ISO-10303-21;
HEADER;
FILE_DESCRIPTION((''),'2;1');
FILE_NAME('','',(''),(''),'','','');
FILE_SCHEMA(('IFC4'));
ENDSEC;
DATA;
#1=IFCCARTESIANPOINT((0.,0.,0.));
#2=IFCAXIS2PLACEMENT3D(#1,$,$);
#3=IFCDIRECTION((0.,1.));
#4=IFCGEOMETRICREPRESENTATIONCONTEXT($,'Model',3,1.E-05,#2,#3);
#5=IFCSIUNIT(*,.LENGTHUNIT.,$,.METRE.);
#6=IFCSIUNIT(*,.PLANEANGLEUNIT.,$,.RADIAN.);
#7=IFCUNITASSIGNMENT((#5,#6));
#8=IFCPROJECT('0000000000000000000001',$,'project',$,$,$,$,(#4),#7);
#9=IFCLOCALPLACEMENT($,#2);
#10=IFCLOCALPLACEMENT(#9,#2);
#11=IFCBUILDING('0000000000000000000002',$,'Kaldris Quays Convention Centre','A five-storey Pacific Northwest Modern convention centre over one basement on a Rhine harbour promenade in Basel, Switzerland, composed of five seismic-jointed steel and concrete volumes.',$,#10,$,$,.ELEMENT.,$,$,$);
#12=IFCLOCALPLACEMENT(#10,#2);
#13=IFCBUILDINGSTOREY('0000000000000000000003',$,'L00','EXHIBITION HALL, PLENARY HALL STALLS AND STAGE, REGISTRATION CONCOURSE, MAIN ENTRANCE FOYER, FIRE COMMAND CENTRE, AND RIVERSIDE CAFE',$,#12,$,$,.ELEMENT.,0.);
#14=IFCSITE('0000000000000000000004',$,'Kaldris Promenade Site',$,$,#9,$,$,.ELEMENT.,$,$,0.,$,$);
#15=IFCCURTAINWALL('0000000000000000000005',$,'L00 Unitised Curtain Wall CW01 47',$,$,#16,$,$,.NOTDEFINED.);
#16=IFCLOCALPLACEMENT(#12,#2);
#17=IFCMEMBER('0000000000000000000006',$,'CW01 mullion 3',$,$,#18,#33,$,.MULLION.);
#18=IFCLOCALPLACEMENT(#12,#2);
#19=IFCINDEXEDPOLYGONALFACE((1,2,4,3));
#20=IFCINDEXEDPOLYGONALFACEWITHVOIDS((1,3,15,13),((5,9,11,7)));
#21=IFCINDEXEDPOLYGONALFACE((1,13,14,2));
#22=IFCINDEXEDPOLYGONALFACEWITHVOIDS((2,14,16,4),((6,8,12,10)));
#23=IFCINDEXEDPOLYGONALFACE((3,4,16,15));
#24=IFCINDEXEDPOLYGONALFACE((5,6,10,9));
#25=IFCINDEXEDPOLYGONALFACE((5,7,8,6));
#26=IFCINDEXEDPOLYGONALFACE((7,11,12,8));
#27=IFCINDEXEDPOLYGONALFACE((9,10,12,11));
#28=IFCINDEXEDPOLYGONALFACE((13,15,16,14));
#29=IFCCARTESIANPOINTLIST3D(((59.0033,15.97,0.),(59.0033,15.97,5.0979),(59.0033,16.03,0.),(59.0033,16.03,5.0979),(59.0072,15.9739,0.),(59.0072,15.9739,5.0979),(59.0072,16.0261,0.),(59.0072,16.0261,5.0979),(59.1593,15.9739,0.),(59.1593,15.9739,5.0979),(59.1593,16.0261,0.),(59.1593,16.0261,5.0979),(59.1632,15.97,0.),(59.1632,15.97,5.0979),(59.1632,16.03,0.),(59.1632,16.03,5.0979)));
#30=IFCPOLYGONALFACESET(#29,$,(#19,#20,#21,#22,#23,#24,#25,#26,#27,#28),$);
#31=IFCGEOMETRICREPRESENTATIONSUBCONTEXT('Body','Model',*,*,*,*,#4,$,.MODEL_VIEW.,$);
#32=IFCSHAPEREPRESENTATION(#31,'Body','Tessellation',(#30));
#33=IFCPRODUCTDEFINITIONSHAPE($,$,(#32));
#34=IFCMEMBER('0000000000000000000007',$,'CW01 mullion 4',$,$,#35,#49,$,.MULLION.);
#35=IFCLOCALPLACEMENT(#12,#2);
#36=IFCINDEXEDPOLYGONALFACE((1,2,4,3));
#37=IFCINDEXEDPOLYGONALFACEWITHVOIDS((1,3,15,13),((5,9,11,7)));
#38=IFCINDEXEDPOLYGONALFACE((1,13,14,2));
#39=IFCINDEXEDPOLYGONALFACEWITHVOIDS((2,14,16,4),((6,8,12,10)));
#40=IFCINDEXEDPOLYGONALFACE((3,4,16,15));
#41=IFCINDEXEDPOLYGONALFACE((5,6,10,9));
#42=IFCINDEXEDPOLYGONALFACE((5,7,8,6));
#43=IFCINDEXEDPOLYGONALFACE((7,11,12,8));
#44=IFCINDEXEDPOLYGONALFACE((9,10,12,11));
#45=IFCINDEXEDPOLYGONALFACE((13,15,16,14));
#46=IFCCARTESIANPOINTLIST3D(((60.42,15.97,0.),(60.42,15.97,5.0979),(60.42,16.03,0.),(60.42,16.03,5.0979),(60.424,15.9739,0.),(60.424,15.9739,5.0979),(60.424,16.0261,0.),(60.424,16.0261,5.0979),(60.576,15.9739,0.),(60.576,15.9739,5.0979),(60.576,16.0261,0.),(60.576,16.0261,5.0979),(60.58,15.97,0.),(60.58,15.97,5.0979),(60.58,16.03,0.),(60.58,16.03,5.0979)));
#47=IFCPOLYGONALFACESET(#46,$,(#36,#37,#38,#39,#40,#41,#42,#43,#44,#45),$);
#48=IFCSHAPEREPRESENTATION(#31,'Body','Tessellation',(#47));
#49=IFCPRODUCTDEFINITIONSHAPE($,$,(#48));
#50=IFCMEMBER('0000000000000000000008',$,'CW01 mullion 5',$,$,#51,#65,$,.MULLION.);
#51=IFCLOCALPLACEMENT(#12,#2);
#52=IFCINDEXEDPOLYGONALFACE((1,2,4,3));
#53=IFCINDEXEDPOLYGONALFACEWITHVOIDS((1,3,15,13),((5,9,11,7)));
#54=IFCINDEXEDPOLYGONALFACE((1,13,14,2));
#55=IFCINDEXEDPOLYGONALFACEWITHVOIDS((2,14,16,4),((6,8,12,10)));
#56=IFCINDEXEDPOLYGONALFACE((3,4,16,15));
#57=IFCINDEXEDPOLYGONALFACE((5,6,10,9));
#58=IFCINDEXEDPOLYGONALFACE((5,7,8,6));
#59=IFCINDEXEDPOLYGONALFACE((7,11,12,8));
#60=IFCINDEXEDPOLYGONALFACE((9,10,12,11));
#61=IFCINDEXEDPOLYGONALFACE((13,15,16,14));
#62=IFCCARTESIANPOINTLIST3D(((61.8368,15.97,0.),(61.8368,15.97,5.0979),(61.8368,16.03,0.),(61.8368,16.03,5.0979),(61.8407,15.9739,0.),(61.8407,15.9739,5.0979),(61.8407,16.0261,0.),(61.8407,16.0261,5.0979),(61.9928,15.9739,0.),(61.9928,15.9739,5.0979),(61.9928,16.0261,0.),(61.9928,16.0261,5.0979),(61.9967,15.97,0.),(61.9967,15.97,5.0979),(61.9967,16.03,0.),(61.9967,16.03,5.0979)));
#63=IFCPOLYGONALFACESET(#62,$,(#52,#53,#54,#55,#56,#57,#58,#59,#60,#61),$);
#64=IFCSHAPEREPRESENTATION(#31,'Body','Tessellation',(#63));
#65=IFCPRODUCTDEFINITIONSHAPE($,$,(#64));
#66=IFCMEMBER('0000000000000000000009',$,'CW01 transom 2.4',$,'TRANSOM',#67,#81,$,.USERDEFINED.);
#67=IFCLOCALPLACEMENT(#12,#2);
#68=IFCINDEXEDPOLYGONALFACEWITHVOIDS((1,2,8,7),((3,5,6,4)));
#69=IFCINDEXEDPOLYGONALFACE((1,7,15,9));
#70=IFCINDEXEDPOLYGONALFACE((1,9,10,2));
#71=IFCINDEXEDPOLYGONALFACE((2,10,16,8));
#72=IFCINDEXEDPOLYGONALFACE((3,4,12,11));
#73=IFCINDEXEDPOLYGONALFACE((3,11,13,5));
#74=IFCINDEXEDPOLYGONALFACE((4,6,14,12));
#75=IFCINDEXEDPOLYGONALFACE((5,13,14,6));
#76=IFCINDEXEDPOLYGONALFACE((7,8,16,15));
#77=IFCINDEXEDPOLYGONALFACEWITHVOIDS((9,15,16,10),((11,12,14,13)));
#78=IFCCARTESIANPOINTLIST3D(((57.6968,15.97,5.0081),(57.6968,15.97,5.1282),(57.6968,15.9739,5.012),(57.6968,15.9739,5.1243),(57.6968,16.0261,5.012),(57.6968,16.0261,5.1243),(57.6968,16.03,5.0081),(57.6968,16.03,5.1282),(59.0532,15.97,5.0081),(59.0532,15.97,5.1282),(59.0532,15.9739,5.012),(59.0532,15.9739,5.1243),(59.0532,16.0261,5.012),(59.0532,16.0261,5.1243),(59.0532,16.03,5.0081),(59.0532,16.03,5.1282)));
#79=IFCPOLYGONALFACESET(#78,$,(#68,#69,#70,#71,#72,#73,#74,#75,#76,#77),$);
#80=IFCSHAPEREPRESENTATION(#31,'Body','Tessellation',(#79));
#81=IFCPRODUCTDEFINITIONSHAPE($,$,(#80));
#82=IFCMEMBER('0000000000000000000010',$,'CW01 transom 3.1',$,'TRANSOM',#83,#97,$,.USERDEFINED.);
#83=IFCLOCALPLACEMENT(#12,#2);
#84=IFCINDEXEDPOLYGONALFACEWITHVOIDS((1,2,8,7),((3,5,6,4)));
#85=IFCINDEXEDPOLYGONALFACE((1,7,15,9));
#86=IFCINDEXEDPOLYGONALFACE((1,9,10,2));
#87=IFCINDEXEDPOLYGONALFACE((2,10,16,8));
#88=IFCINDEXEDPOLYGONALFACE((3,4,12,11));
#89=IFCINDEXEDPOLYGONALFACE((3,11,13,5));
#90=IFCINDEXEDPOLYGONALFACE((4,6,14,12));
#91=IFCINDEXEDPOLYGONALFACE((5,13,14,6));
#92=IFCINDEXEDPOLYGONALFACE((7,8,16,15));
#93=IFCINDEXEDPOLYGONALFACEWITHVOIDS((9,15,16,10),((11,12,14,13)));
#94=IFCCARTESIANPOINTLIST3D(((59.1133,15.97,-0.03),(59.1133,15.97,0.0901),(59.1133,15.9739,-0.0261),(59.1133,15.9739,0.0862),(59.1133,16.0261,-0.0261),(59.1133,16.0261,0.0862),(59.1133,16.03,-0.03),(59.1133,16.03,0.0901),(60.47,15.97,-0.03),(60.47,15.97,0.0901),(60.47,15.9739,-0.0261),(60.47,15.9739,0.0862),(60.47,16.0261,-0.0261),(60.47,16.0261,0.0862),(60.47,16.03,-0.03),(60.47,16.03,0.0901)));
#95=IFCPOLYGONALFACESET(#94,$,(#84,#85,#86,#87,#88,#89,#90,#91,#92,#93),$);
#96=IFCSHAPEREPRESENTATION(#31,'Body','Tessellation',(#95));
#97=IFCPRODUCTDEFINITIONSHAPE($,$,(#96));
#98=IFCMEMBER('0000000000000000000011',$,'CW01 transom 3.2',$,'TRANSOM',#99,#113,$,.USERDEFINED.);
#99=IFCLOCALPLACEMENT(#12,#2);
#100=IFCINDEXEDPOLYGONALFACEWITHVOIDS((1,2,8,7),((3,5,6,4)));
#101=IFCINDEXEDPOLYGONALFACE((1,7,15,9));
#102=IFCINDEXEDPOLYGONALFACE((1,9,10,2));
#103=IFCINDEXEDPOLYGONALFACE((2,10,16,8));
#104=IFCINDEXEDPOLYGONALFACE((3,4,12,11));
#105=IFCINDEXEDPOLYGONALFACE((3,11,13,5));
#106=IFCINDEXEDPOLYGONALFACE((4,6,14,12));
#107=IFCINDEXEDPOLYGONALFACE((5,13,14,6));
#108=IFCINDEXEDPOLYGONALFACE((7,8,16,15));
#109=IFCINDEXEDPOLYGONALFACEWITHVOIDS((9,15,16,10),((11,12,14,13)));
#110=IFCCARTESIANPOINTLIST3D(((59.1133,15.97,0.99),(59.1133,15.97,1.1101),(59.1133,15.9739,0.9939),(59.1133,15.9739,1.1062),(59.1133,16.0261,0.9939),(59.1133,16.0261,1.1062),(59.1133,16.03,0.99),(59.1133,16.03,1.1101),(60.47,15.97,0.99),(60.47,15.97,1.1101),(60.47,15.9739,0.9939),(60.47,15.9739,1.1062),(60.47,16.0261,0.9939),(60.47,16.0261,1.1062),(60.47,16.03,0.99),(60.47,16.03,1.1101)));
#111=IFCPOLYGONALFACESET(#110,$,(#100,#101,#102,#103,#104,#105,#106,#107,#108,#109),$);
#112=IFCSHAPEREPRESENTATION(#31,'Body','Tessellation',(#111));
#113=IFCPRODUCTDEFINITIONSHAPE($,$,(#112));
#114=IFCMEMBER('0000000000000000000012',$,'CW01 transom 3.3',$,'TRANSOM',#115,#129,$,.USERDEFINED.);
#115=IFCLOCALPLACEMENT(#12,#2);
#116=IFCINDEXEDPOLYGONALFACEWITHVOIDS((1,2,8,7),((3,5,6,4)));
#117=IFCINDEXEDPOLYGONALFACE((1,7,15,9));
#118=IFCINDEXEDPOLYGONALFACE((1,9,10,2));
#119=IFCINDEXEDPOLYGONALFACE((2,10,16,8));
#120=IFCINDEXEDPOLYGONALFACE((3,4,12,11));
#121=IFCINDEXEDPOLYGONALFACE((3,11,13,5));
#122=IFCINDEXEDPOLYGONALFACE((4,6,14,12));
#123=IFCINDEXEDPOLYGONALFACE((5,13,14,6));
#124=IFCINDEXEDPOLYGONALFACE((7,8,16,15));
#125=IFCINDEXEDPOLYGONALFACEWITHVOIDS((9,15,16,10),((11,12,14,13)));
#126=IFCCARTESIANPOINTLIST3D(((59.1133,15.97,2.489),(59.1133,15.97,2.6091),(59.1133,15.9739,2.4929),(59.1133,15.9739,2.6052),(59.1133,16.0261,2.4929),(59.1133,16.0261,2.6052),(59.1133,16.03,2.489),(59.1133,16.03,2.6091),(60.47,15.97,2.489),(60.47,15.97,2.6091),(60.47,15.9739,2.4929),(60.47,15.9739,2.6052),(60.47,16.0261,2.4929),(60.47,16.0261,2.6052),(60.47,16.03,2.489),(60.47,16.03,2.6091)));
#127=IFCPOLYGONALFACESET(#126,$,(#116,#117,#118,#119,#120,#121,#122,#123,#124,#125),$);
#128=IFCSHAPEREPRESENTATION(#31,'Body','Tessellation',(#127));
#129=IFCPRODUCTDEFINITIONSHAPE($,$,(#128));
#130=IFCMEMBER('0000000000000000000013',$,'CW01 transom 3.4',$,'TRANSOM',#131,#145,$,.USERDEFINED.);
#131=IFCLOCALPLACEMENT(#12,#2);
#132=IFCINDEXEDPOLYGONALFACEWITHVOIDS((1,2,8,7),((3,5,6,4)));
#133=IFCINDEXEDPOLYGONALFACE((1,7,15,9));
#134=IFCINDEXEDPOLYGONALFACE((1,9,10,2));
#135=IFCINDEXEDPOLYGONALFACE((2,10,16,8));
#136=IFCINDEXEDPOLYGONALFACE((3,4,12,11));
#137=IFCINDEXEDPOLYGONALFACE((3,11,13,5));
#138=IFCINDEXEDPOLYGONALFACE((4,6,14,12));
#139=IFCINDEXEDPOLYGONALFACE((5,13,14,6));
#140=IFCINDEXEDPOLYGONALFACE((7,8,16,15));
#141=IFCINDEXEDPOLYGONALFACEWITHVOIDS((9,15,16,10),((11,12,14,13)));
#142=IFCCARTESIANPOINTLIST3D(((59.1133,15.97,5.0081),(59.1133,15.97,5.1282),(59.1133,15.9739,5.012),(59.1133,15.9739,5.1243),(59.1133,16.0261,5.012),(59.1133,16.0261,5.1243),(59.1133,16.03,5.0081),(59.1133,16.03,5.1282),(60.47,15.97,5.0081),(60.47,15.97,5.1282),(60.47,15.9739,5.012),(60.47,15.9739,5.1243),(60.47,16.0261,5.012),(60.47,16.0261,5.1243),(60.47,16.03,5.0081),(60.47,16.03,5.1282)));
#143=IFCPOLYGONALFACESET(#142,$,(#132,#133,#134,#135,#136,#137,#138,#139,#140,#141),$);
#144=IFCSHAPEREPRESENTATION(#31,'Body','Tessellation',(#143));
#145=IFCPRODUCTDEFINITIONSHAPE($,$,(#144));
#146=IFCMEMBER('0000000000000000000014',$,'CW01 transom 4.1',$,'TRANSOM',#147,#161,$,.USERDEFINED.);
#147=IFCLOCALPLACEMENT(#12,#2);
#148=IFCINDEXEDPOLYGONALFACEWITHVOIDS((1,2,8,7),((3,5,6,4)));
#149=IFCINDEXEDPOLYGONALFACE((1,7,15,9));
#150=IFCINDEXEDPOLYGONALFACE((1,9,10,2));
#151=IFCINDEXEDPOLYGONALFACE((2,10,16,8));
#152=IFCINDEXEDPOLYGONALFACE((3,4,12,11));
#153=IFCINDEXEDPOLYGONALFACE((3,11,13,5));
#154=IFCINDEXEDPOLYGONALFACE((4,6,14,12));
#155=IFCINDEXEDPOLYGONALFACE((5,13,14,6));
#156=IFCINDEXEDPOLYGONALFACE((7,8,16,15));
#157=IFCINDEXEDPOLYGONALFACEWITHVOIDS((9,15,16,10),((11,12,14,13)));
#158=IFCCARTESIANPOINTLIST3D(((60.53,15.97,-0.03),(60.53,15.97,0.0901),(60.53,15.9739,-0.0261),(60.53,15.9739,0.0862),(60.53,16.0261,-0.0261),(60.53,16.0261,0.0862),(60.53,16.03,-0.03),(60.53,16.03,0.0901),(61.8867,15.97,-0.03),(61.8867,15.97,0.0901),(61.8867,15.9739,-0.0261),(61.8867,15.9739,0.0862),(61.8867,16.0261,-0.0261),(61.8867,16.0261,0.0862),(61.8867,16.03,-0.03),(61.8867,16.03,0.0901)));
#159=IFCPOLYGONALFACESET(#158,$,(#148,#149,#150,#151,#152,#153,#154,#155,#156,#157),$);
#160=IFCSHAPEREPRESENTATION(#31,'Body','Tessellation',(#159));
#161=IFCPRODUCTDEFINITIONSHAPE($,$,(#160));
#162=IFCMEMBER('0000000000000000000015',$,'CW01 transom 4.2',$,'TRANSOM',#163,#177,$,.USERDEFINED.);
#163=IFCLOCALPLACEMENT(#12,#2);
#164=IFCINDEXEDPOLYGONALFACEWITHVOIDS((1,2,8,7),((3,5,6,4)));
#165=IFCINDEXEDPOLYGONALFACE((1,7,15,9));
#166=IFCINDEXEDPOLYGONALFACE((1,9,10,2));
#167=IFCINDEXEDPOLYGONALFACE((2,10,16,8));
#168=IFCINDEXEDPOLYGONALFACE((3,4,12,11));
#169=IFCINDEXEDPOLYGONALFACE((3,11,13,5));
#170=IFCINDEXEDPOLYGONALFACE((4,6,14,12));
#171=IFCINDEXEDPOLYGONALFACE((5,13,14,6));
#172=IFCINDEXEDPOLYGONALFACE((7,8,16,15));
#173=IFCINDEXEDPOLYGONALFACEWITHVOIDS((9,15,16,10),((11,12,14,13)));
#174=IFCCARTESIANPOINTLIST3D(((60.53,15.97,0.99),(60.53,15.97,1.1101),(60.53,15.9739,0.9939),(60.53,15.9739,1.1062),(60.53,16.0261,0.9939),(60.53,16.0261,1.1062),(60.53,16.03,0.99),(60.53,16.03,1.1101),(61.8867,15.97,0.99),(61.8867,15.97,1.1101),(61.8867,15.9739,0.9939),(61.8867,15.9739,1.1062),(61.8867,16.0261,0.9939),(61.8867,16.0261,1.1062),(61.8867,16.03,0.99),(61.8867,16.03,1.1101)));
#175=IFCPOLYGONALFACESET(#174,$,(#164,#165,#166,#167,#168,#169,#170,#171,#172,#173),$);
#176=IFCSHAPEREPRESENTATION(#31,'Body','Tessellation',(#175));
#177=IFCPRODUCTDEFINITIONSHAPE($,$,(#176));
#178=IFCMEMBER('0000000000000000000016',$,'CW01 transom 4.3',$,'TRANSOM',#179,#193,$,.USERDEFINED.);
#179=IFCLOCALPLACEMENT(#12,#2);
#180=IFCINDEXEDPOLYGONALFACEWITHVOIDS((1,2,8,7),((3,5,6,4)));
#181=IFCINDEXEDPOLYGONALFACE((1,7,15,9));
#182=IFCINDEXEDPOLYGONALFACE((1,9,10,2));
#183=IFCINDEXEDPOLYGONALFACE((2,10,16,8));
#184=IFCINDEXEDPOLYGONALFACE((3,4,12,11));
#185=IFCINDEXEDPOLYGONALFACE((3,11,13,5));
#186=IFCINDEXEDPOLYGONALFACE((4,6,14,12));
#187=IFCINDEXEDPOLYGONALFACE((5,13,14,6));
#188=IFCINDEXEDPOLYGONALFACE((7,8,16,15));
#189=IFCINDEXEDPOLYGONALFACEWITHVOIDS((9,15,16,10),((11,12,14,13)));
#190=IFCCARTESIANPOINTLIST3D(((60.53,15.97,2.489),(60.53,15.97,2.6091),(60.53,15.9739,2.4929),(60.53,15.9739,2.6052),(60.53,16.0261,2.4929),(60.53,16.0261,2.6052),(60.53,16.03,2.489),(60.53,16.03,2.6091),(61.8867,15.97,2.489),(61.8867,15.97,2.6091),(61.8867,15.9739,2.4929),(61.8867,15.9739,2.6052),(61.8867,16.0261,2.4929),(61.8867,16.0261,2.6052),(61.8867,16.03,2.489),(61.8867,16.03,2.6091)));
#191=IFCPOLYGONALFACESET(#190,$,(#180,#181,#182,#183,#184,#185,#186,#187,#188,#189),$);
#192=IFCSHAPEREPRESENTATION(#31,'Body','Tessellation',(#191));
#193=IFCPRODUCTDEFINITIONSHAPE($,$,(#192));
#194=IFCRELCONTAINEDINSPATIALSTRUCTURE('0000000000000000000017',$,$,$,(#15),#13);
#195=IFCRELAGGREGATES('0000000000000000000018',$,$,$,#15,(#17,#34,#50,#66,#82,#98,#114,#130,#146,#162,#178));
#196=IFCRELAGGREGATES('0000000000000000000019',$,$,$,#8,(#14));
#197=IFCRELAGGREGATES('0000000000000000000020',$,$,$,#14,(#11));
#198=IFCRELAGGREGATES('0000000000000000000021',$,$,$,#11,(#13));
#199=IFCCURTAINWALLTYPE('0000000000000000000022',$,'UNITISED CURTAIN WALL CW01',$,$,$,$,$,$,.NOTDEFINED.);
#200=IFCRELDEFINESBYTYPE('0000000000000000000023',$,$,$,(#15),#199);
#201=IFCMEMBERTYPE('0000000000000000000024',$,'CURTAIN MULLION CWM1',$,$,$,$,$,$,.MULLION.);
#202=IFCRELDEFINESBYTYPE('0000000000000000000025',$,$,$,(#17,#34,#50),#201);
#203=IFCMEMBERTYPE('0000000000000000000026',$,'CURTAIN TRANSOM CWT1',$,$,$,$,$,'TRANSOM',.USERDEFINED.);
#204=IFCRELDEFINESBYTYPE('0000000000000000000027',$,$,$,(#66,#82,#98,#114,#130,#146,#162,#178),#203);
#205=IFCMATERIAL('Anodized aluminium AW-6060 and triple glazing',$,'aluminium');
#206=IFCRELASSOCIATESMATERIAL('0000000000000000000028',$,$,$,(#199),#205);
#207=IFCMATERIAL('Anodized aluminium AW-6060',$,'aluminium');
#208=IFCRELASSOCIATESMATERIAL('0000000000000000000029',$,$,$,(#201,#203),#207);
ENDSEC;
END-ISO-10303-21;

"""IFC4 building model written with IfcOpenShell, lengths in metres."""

from ifc_helpers import new_model, si_unit, direction, frame, origin, origin_2d, place, context, subcontext, project, spatial, hollow_rectangle, extrude, material, material_profile, profile_set, type_object, element, aggregate, save


model = new_model("IFC4")

# Units and contexts
model_context = context("Model", 3, precision=1e-05, world=origin(), true_north=direction((0.0, 1.0)))
body_context = subcontext(model_context, "Body", "Model", "MODEL_VIEW")
ifc_project = project(units=[si_unit("LENGTHUNIT", "METRE"), si_unit("PLANEANGLEUNIT", "RADIAN")], contexts=[model_context])

# Site, building, storey
site_placement = place(None, origin())
site = spatial("IfcSite", under=ifc_project, at=site_placement, Name="Kaldris Promenade Site", CompositionType="ELEMENT", RefElevation=0.0)
building_placement = place(site_placement, origin())
building = spatial("IfcBuilding", under=site, at=building_placement, Name="Kaldris Quays Convention Centre", Description="A five-storey Pacific Northwest Modern convention centre over one basement on a Rhine harbour promenade in Basel, Switzerland, composed of five seismic-jointed steel and concrete volumes.", CompositionType="ELEMENT")
storey_placement = place(building_placement, origin())
storey = spatial("IfcBuildingStorey", under=building, at=storey_placement, Name="L00", Description="EXHIBITION HALL, PLENARY HALL STALLS AND STAGE, REGISTRATION CONCOURSE, MAIN ENTRANCE FOYER, FIRE COMMAND CENTRE, AND RIVERSIDE CAFE", CompositionType="ELEMENT", Elevation=0.0)

# Curtain wall, members
ifc_material_1 = material(Name="Anodized aluminium AW-6060 and triple glazing", Category="aluminium")
curtain_wall_type = type_object("IfcCurtainWallType", Name="UNITISED CURTAIN WALL CW01", PredefinedType="NOTDEFINED", material=ifc_material_1)
curtain_wall_placement = place(storey_placement, origin())
curtain_wall = element("IfcCurtainWall", 1, at=curtain_wall_placement, inside=storey, type_object=curtain_wall_type, Name="L00 Unitised Curtain Wall CW01 47", PredefinedType="NOTDEFINED")
ifc_material_2 = material(Name="Anodized aluminium AW-6060", Category="aluminium")
ifc_material_profile_1 = material_profile(ifc_material_2, hollow_rectangle(XDim=0.0601, YDim=0.1599, WallThickness=0.0039, at=origin_2d()), Name="RHS 160x60x4")
ifc_profile_set_1 = profile_set([ifc_material_profile_1], Name="Anodized aluminium AW-6060")
member_type_1 = type_object("IfcMemberType", Name="CURTAIN MULLION CWM1", PredefinedType="MULLION", material=ifc_profile_set_1)
member_1_placement = place(storey_placement, frame((59.0833, 16.0, 0.0), z_axis=(0.0, 0.0, 1.0), x_axis=(0.0, 1.0, 0.0)))
member_1 = element("IfcMember", 2, at=member_1_placement, type_object=member_type_1, Name="CW01 mullion 3", PredefinedType="MULLION", context=body_context, shape_type="SweptSolid", body=[
    extrude(hollow_rectangle(XDim=0.0601, YDim=0.1599, WallThickness=0.0039, at=origin_2d()), origin(), (0.0, 0.0, 1.0), 5.0979),
])
member_2_placement = place(storey_placement, frame((60.5, 16.0, 0.0), z_axis=(0.0, 0.0, 1.0), x_axis=(0.0, 1.0, 0.0)))
member_2 = element("IfcMember", 3, at=member_2_placement, type_object=member_type_1, Name="CW01 mullion 4", PredefinedType="MULLION", context=body_context, shape_type="SweptSolid", body=[
    extrude(hollow_rectangle(XDim=0.0601, YDim=0.1599, WallThickness=0.0039, at=origin_2d()), origin(), (0.0, 0.0, 1.0), 5.0979),
])
member_3_placement = place(storey_placement, frame((61.9167, 16.0, 0.0), z_axis=(0.0, 0.0, 1.0), x_axis=(0.0, 1.0, 0.0)))
member_3 = element("IfcMember", 4, at=member_3_placement, type_object=member_type_1, Name="CW01 mullion 5", PredefinedType="MULLION", context=body_context, shape_type="SweptSolid", body=[
    extrude(hollow_rectangle(XDim=0.0601, YDim=0.1599, WallThickness=0.0039, at=origin_2d()), origin(), (0.0, 0.0, 1.0), 5.0979),
])
ifc_material_profile_2 = material_profile(ifc_material_2, hollow_rectangle(XDim=0.0601, YDim=0.1201, WallThickness=0.0039, at=origin_2d()), Name="RHS 120x60x4")
ifc_profile_set_2 = profile_set([ifc_material_profile_2], Name="Anodized aluminium AW-6060")
member_type_2 = type_object("IfcMemberType", Name="CURTAIN TRANSOM CWT1", ElementType="TRANSOM", PredefinedType="USERDEFINED", material=ifc_profile_set_2)
member_4_placement = place(storey_placement, frame((57.6968, 16.0, 5.0681), z_axis=(1.0, 0.0, 0.0), x_axis=(0.0, 1.0, 0.0)))
member_4 = element("IfcMember", 5, at=member_4_placement, type_object=member_type_2, Name="CW01 transom 2.4", ObjectType="TRANSOM", PredefinedType="USERDEFINED", context=body_context, shape_type="SweptSolid", body=[
    extrude(hollow_rectangle(XDim=0.0601, YDim=0.1201, WallThickness=0.0039, at=origin_2d()), origin(), (0.0, 0.0, 1.0), 1.3564),
])
member_5_placement = place(storey_placement, frame((59.1133, 16.0, 0.03), z_axis=(1.0, 0.0, 0.0), x_axis=(0.0, 1.0, 0.0)))
member_5 = element("IfcMember", 6, at=member_5_placement, type_object=member_type_2, Name="CW01 transom 3.1", ObjectType="TRANSOM", PredefinedType="USERDEFINED", context=body_context, shape_type="SweptSolid", body=[
    extrude(hollow_rectangle(XDim=0.0601, YDim=0.1201, WallThickness=0.0039, at=origin_2d()), origin(), (0.0, 0.0, 1.0), 1.3567),
])
member_6_placement = place(storey_placement, frame((59.1133, 16.0, 1.05), z_axis=(1.0, 0.0, 0.0), x_axis=(0.0, 1.0, 0.0)))
member_6 = element("IfcMember", 7, at=member_6_placement, type_object=member_type_2, Name="CW01 transom 3.2", ObjectType="TRANSOM", PredefinedType="USERDEFINED", context=body_context, shape_type="SweptSolid", body=[
    extrude(hollow_rectangle(XDim=0.0601, YDim=0.1201, WallThickness=0.0039, at=origin_2d()), origin(), (0.0, 0.0, 1.0), 1.3567),
])
member_7_placement = place(storey_placement, frame((59.1133, 16.0, 2.5491), z_axis=(1.0, 0.0, 0.0), x_axis=(0.0, 1.0, 0.0)))
member_7 = element("IfcMember", 8, at=member_7_placement, type_object=member_type_2, Name="CW01 transom 3.3", ObjectType="TRANSOM", PredefinedType="USERDEFINED", context=body_context, shape_type="SweptSolid", body=[
    extrude(hollow_rectangle(XDim=0.0601, YDim=0.1201, WallThickness=0.0039, at=origin_2d()), origin(), (0.0, 0.0, 1.0), 1.3567),
])
member_8_placement = place(storey_placement, frame((59.1133, 16.0, 5.0681), z_axis=(1.0, 0.0, 0.0), x_axis=(0.0, 1.0, 0.0)))
member_8 = element("IfcMember", 9, at=member_8_placement, type_object=member_type_2, Name="CW01 transom 3.4", ObjectType="TRANSOM", PredefinedType="USERDEFINED", context=body_context, shape_type="SweptSolid", body=[
    extrude(hollow_rectangle(XDim=0.0601, YDim=0.1201, WallThickness=0.0039, at=origin_2d()), origin(), (0.0, 0.0, 1.0), 1.3567),
])
member_9_placement = place(storey_placement, frame((60.53, 16.0, 0.03), z_axis=(1.0, 0.0, 0.0), x_axis=(0.0, 1.0, 0.0)))
member_9 = element("IfcMember", 10, at=member_9_placement, type_object=member_type_2, Name="CW01 transom 4.1", ObjectType="TRANSOM", PredefinedType="USERDEFINED", context=body_context, shape_type="SweptSolid", body=[
    extrude(hollow_rectangle(XDim=0.0601, YDim=0.1201, WallThickness=0.0039, at=origin_2d()), origin(), (0.0, 0.0, 1.0), 1.3567),
])
member_10_placement = place(storey_placement, frame((60.53, 16.0, 1.05), z_axis=(1.0, 0.0, 0.0), x_axis=(0.0, 1.0, 0.0)))
member_10 = element("IfcMember", 11, at=member_10_placement, type_object=member_type_2, Name="CW01 transom 4.2", ObjectType="TRANSOM", PredefinedType="USERDEFINED", context=body_context, shape_type="SweptSolid", body=[
    extrude(hollow_rectangle(XDim=0.0601, YDim=0.1201, WallThickness=0.0039, at=origin_2d()), origin(), (0.0, 0.0, 1.0), 1.3567),
])
member_11_placement = place(storey_placement, frame((60.53, 16.0, 2.5491), z_axis=(1.0, 0.0, 0.0), x_axis=(0.0, 1.0, 0.0)))
member_11 = element("IfcMember", 12, at=member_11_placement, type_object=member_type_2, Name="CW01 transom 4.3", ObjectType="TRANSOM", PredefinedType="USERDEFINED", context=body_context, shape_type="SweptSolid", body=[
    extrude(hollow_rectangle(XDim=0.0601, YDim=0.1201, WallThickness=0.0039, at=origin_2d()), origin(), (0.0, 0.0, 1.0), 1.3567),
])
aggregate(curtain_wall, [member_1, member_2, member_3, member_4, member_5, member_6, member_7, member_8, member_9, member_10, member_11])

save(model, "model.ifc")
